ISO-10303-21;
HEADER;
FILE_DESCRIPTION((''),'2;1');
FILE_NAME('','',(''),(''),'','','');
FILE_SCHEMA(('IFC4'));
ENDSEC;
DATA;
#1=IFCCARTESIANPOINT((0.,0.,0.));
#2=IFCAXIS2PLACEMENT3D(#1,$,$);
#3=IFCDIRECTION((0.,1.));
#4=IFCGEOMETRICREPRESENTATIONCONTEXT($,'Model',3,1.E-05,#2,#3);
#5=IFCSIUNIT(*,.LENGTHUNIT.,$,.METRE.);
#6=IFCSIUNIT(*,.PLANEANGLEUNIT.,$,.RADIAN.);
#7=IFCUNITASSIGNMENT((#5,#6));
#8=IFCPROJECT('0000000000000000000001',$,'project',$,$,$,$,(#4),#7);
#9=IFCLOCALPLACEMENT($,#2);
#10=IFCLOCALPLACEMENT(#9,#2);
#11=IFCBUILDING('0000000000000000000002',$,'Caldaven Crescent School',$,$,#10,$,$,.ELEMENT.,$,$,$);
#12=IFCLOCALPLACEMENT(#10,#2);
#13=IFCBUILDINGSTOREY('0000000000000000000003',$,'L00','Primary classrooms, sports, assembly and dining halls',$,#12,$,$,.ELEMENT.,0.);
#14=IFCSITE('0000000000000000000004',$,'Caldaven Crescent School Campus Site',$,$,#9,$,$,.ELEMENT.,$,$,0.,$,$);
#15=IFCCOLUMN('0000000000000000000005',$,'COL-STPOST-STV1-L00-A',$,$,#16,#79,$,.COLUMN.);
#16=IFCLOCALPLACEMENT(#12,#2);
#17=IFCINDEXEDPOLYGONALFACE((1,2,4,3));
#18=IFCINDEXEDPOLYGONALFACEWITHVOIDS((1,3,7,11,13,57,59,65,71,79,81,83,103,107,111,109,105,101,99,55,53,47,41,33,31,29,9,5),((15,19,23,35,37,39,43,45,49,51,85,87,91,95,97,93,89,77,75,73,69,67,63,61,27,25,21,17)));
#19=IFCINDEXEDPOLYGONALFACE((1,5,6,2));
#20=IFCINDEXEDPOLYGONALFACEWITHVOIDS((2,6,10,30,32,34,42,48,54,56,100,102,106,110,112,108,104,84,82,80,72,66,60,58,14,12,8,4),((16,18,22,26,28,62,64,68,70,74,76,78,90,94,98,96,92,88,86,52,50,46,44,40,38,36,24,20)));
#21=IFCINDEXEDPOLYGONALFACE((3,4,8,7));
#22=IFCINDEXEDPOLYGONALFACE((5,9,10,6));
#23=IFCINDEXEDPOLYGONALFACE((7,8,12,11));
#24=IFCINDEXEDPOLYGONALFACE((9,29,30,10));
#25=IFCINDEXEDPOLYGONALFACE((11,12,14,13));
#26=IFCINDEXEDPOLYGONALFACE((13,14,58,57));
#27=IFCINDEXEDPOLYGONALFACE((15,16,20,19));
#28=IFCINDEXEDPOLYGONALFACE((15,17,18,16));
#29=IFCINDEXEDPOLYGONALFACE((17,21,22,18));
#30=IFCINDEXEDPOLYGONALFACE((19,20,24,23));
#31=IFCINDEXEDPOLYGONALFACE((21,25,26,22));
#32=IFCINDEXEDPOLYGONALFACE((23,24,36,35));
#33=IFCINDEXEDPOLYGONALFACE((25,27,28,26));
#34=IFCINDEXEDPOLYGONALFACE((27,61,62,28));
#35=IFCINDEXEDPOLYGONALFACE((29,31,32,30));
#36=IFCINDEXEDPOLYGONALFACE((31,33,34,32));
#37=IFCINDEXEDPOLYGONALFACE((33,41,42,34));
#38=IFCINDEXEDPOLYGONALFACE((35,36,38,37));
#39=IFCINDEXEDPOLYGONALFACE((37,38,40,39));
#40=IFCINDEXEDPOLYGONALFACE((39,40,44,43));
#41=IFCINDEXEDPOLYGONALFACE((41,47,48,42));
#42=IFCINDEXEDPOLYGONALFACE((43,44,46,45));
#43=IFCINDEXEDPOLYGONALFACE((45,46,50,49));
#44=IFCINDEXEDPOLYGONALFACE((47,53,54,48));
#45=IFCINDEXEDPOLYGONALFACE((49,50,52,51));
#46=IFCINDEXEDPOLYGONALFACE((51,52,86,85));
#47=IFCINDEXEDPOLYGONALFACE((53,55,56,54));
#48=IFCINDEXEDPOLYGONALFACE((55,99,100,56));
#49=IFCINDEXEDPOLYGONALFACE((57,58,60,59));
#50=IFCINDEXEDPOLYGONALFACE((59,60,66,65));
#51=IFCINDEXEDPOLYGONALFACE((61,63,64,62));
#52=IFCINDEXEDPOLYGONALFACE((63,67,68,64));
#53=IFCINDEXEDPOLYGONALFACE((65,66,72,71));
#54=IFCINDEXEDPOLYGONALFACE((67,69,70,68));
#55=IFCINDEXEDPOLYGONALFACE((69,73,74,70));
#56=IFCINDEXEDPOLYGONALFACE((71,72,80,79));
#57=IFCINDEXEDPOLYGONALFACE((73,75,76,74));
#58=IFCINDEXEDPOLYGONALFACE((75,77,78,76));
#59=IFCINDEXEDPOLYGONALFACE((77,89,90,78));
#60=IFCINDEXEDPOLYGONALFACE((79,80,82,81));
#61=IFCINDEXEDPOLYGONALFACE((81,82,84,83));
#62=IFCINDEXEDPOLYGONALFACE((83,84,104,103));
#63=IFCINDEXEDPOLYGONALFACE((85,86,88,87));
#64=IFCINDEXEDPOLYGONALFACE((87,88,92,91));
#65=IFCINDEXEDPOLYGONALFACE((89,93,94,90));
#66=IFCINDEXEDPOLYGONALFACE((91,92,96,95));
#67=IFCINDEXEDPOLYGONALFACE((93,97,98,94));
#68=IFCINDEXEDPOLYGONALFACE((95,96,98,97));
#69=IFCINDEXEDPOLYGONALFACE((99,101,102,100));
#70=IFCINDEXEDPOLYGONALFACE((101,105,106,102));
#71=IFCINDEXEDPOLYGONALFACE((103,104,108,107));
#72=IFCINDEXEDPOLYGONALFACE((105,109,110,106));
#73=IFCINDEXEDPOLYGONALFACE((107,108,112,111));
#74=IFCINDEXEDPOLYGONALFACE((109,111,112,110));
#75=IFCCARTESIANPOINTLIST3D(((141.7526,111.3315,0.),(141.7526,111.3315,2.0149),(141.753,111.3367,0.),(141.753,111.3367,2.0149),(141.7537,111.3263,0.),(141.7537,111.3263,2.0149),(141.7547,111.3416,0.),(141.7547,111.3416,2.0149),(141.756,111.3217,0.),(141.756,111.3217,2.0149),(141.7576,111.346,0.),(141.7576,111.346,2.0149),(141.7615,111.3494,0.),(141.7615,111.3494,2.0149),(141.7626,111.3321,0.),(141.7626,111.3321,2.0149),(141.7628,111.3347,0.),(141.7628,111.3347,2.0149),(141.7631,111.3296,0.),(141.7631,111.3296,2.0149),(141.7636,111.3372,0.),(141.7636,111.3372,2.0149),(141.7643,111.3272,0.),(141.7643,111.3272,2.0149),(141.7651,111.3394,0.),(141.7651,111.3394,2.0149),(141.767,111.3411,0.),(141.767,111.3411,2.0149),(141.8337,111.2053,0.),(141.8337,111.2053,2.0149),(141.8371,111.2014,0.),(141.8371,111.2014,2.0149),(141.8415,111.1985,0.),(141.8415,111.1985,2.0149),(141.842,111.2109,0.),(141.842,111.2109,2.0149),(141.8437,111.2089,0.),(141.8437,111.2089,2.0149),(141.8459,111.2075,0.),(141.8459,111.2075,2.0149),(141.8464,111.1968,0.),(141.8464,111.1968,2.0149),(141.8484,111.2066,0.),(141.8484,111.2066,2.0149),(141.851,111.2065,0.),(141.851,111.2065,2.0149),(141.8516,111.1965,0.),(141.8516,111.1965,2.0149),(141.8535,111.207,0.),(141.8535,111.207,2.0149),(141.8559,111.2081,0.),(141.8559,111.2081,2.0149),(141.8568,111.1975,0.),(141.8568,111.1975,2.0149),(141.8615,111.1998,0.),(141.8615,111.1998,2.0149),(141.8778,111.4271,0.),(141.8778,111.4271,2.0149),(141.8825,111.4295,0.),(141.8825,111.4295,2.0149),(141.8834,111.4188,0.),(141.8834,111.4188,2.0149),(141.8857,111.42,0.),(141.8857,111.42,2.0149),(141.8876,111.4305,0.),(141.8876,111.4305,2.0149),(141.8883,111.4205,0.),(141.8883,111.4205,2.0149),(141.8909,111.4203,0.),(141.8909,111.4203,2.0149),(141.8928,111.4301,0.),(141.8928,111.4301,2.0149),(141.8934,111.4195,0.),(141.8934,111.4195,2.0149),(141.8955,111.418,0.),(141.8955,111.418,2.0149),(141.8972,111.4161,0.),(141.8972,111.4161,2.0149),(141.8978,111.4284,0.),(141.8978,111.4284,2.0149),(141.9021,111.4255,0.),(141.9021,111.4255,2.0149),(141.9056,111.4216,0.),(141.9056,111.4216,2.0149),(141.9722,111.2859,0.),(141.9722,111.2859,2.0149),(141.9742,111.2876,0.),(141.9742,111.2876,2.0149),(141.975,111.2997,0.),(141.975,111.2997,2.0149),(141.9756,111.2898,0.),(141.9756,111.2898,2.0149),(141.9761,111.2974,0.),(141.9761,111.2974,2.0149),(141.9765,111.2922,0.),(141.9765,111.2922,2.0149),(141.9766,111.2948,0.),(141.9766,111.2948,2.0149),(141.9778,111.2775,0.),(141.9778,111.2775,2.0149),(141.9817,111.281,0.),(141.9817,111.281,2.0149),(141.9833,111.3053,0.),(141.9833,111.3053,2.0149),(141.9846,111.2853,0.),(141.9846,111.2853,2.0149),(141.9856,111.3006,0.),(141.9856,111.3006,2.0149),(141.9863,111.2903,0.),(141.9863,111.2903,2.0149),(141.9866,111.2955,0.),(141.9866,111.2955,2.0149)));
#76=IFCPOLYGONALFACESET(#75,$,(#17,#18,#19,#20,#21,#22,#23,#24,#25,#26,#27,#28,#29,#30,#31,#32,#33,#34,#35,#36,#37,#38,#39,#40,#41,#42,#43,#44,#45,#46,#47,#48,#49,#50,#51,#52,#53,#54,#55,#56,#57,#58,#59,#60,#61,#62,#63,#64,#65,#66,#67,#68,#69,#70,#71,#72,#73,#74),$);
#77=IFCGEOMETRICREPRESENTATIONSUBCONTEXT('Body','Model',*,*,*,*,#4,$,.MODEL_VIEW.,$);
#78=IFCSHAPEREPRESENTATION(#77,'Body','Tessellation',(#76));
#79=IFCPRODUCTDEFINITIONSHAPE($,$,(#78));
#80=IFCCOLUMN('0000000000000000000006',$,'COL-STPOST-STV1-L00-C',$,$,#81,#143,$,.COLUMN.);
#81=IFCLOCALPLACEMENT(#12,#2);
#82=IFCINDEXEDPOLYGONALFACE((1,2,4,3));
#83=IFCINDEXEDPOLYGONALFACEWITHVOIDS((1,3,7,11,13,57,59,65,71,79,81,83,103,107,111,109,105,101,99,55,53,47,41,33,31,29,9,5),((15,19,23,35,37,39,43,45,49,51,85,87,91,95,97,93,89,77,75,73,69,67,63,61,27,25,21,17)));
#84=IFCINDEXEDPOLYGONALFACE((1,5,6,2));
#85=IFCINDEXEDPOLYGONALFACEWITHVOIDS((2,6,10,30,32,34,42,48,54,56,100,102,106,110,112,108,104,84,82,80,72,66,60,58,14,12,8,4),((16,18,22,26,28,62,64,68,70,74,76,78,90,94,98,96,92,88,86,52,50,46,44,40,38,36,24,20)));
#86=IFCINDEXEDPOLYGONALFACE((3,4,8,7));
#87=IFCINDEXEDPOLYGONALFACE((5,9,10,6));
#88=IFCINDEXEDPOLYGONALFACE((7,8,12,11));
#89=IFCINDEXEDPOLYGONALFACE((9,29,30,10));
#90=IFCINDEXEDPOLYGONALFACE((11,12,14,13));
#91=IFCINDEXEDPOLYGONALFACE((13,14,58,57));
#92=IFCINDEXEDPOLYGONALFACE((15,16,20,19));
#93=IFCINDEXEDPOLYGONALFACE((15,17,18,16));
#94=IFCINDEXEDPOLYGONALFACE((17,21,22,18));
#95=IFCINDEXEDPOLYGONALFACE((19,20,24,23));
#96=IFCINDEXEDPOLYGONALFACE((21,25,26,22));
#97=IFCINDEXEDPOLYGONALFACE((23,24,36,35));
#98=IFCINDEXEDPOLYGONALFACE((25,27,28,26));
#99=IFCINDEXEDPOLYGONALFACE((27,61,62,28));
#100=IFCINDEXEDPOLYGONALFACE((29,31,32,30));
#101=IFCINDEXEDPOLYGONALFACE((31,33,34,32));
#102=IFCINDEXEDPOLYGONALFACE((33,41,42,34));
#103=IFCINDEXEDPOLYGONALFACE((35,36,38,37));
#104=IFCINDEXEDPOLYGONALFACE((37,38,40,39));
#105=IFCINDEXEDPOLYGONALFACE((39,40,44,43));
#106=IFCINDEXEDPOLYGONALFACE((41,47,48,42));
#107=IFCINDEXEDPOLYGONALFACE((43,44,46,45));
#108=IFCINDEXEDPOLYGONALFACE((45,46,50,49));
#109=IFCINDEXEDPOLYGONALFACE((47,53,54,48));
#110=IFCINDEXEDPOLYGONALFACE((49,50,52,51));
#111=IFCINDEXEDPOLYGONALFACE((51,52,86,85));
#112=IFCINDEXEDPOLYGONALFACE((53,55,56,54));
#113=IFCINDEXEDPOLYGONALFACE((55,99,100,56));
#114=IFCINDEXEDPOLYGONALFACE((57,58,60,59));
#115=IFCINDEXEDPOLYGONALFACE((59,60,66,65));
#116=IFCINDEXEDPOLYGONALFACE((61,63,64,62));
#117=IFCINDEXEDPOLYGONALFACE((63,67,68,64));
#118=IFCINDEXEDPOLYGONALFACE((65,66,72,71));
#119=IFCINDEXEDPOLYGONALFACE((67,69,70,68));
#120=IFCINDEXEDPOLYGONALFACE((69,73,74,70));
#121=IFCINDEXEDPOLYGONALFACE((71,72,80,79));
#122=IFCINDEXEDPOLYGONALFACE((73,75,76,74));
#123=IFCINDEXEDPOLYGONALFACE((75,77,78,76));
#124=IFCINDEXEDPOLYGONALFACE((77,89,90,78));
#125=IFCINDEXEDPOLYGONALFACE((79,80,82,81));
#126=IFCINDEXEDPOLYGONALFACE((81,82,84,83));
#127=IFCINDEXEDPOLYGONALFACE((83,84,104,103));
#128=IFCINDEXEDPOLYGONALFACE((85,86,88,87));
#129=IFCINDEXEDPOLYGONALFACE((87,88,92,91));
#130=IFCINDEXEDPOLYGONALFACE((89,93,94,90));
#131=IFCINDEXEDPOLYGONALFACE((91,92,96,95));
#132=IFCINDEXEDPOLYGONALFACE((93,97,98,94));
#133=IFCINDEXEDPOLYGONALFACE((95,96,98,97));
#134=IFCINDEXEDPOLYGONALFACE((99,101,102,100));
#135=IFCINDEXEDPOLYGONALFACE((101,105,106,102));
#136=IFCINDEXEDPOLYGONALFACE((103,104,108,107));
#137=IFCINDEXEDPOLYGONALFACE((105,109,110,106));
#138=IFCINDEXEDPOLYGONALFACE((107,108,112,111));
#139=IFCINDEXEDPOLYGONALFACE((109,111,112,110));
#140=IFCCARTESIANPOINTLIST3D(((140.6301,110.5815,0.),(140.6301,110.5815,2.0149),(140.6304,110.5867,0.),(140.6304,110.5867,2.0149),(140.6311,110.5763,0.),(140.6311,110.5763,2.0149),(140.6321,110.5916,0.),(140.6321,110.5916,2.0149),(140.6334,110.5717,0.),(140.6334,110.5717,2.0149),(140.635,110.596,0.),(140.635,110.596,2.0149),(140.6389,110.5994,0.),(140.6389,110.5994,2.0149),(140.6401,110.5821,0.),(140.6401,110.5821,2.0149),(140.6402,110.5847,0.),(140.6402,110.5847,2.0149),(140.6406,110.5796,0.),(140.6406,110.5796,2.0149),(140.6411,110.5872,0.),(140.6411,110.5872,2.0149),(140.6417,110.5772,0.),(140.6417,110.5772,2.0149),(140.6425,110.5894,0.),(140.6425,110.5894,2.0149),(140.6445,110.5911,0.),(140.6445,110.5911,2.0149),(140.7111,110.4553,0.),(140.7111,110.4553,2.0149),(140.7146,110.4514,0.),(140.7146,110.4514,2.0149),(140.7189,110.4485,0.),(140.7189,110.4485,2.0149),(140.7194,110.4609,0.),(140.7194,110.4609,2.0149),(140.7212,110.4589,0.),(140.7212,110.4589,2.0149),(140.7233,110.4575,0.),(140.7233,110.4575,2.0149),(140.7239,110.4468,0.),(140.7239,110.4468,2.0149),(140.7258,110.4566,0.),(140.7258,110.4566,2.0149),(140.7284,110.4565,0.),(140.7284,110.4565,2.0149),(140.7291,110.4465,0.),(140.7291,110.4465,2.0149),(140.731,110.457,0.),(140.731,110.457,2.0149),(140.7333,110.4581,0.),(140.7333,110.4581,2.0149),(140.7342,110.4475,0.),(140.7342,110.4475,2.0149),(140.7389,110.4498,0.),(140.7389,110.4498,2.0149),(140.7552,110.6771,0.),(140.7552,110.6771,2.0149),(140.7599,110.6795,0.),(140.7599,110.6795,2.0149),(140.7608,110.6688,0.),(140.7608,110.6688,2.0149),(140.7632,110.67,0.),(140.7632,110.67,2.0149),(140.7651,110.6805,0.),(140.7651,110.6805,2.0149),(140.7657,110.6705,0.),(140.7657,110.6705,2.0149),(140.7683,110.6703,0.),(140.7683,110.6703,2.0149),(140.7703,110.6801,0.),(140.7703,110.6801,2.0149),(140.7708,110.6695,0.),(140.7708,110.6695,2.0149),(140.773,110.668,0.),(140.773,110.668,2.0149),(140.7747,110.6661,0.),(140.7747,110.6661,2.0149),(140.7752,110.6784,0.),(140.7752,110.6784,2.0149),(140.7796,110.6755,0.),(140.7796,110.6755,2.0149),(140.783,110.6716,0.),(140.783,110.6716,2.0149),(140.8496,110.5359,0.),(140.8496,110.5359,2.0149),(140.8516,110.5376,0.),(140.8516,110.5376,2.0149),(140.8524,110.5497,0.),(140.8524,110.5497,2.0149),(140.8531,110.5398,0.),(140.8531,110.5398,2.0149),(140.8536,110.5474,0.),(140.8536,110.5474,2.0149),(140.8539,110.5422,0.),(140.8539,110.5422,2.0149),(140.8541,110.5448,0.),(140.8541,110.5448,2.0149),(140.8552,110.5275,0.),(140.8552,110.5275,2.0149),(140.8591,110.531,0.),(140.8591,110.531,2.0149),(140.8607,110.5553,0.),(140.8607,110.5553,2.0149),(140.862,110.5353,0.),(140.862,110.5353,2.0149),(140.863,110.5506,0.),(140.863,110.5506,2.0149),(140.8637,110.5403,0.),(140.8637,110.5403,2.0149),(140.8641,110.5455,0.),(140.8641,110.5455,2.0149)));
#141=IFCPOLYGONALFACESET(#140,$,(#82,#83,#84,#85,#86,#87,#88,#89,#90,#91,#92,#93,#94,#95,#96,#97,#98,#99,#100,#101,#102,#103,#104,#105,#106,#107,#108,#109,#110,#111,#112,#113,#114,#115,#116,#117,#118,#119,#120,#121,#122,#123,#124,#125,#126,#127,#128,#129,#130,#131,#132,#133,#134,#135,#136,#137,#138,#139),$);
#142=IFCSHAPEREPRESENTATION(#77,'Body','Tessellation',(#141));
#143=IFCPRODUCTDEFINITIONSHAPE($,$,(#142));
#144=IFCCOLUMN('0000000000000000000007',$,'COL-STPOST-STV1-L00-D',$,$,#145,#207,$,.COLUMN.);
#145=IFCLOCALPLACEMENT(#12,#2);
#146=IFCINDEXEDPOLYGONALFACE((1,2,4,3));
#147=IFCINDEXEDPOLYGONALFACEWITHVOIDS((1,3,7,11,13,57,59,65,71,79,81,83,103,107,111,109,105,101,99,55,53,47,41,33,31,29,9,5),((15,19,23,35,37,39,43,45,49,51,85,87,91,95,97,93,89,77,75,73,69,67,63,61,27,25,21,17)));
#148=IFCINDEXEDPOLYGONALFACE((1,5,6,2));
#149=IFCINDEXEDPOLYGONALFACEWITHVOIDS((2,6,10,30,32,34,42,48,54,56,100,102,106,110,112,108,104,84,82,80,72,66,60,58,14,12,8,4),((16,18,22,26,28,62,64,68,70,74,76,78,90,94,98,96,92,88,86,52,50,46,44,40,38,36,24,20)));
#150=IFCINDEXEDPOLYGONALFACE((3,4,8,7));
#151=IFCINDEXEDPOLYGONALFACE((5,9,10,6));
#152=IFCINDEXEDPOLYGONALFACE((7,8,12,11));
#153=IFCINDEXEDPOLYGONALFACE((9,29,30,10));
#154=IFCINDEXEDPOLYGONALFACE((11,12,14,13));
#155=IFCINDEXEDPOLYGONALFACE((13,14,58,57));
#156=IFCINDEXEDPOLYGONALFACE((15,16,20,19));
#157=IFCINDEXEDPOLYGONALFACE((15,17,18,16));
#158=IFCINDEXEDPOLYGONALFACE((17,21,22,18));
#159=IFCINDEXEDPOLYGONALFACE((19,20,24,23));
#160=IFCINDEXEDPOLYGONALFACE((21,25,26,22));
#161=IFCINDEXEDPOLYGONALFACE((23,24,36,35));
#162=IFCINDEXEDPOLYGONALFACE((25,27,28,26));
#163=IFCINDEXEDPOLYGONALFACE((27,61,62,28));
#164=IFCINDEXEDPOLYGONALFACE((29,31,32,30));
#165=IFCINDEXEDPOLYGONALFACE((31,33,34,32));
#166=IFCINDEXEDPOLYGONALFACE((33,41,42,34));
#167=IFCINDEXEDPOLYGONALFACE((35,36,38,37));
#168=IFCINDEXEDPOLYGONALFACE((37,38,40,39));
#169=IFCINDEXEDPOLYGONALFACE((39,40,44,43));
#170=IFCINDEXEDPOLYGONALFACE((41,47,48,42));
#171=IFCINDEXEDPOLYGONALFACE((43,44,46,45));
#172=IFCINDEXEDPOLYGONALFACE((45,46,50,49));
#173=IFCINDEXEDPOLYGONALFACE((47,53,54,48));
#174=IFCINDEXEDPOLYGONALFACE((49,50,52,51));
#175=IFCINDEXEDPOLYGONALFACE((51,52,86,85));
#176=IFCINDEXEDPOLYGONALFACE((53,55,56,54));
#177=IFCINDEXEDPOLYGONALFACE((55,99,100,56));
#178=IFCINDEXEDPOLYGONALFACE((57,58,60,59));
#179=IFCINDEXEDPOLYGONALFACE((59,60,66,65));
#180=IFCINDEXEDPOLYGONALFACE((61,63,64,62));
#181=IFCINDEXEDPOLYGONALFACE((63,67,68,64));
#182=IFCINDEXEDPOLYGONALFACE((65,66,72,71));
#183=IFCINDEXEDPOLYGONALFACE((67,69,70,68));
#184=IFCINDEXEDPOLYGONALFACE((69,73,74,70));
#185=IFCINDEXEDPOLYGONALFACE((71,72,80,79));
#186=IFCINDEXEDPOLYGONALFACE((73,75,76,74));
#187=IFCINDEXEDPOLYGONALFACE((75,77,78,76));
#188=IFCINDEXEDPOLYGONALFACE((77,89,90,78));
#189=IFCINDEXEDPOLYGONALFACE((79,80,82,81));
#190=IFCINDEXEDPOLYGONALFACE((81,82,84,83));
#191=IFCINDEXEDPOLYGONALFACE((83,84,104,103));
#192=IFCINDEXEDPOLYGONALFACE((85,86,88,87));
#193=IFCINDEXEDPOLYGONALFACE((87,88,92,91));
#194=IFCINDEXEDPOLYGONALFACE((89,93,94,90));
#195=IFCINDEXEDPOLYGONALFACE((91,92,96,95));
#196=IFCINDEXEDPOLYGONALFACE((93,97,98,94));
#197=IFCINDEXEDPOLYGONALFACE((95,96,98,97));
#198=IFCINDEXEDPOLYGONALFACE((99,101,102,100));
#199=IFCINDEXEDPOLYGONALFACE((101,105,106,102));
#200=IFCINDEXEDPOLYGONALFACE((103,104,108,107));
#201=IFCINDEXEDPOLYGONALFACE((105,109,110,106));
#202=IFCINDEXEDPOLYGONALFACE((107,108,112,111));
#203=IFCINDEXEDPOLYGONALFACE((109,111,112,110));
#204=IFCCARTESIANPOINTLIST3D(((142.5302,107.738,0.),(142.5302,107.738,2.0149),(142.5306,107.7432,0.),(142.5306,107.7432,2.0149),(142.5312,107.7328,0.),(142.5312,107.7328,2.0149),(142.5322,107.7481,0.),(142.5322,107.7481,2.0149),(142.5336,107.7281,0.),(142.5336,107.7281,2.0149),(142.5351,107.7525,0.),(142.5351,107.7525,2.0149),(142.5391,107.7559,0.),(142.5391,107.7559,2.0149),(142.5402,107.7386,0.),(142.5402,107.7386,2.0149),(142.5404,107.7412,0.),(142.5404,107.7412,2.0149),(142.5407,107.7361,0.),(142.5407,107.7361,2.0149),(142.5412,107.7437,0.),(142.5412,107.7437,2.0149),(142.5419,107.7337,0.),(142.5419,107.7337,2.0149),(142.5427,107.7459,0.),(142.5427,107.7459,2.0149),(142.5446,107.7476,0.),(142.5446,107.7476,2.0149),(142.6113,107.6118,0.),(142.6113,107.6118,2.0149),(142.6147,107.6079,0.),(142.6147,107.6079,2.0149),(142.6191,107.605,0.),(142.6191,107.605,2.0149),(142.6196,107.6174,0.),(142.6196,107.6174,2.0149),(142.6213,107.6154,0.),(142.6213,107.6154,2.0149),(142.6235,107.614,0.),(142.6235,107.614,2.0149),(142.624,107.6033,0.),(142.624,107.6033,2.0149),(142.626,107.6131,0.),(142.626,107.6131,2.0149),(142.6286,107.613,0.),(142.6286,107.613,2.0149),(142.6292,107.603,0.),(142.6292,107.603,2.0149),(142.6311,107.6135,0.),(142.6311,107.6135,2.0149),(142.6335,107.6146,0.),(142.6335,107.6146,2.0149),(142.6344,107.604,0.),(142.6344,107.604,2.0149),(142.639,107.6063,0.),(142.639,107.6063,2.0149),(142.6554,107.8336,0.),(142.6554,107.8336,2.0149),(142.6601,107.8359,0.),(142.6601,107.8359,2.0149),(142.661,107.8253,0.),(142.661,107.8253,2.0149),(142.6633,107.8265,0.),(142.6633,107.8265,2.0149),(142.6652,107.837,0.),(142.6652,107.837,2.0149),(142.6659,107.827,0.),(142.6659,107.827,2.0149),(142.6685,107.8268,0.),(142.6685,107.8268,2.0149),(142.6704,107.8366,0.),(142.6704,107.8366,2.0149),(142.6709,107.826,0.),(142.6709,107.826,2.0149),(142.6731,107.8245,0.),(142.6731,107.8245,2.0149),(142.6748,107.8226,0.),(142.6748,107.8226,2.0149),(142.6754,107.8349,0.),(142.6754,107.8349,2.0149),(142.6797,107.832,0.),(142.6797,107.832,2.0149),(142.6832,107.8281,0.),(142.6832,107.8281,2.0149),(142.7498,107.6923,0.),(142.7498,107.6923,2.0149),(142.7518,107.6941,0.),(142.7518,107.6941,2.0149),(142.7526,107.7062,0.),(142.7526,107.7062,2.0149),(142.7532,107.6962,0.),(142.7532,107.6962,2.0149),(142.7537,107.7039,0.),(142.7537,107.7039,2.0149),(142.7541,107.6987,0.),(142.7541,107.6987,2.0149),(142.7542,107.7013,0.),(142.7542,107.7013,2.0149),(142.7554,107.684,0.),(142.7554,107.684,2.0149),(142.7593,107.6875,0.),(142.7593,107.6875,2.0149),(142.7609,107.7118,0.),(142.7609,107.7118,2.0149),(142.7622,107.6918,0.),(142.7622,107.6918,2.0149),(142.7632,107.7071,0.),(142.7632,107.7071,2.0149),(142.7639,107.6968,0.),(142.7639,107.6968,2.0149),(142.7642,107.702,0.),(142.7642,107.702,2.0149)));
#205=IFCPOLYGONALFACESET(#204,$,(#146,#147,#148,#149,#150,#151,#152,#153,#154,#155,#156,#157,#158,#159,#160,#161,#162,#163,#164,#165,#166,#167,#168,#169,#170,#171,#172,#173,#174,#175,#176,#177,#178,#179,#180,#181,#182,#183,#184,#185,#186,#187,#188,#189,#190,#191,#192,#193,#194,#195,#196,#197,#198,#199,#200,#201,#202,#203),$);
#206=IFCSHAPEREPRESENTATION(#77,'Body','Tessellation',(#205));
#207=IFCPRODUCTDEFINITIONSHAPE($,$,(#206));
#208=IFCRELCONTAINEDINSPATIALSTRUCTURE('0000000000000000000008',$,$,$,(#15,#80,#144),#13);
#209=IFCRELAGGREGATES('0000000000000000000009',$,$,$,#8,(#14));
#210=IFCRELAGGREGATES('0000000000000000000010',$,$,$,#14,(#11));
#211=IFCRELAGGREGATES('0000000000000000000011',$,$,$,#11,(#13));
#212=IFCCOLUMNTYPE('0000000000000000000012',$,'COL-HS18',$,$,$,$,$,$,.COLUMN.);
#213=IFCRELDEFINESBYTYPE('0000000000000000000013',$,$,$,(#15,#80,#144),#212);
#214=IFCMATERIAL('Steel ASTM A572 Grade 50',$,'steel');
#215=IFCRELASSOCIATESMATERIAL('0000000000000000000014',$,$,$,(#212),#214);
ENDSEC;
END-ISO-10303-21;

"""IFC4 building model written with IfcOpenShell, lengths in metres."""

from ifc_helpers import new_model, si_unit, direction, frame, origin, origin_2d, place, context, subcontext, project, spatial, hollow_rectangle, extrude, material, material_profile, profile_set, type_object, element, save


model = new_model("IFC4")

# Units and contexts
model_context = context("Model", 3, precision=1e-05, world=origin(), true_north=direction((0.0, 1.0)))
body_context = subcontext(model_context, "Body", "Model", "MODEL_VIEW")
ifc_project = project(units=[si_unit("LENGTHUNIT", "METRE"), si_unit("PLANEANGLEUNIT", "RADIAN")], contexts=[model_context])

# Site, building, storey
site_placement = place(None, origin())
site = spatial("IfcSite", under=ifc_project, at=site_placement, Name="Caldaven Crescent School Campus Site", CompositionType="ELEMENT", RefElevation=0.0)
building_placement = place(site_placement, origin())
building = spatial("IfcBuilding", under=site, at=building_placement, Name="Caldaven Crescent School", CompositionType="ELEMENT")
storey_placement = place(building_placement, origin())
storey = spatial("IfcBuildingStorey", under=building, at=storey_placement, Name="L00", Description="Primary classrooms, sports, assembly and dining halls", CompositionType="ELEMENT", Elevation=0.0)

# Columns
ifc_material_1 = material(Name="Steel ASTM A572 Grade 50", Category="steel")
ifc_material_profile_1 = material_profile(ifc_material_1, hollow_rectangle(XDim=0.1799, YDim=0.1799, WallThickness=0.01, InnerFilletRadius=0.01, OuterFilletRadius=0.02, at=origin_2d()), Name="HSS 180x180x10")
ifc_profile_set_1 = profile_set([ifc_material_profile_1], Name="Steel ASTM A572 Grade 50")
column_type_1 = type_object("IfcColumnType", Name="COL-HS18", PredefinedType="COLUMN", material=ifc_profile_set_1)
for number, where, z_axis, x_axis, name in (
    (1, (141.8696, 111.3135, 0.0), (0.0, 0.0, 1.0), (-0.83147, -0.55557, 0.0), "COL-STPOST-STV1-L00-A"),
    (2, (140.7471, 110.5635, 0.0), (0.0, 0.0, 1.0), (-0.83147, -0.55557, 0.0), "COL-STPOST-STV1-L00-C"),
    (3, (142.6472, 107.72, 0.0), (0.0, 0.0, 1.0), (-0.83147, -0.55557, 0.0), "COL-STPOST-STV1-L00-D"),
):
    element("IfcColumn", number, at=place(storey_placement, frame(where, z_axis=z_axis, x_axis=x_axis)), inside=storey, type_object=column_type_1, Name=name, PredefinedType="COLUMN", context=body_context, shape_type="SweptSolid", body=[
        extrude(hollow_rectangle(XDim=0.1799, YDim=0.1799, WallThickness=0.01, InnerFilletRadius=0.01, OuterFilletRadius=0.02, at=origin_2d()), origin(), (0.0, 0.0, 1.0), 2.0149),
    ])

save(model, "model.ifc")
